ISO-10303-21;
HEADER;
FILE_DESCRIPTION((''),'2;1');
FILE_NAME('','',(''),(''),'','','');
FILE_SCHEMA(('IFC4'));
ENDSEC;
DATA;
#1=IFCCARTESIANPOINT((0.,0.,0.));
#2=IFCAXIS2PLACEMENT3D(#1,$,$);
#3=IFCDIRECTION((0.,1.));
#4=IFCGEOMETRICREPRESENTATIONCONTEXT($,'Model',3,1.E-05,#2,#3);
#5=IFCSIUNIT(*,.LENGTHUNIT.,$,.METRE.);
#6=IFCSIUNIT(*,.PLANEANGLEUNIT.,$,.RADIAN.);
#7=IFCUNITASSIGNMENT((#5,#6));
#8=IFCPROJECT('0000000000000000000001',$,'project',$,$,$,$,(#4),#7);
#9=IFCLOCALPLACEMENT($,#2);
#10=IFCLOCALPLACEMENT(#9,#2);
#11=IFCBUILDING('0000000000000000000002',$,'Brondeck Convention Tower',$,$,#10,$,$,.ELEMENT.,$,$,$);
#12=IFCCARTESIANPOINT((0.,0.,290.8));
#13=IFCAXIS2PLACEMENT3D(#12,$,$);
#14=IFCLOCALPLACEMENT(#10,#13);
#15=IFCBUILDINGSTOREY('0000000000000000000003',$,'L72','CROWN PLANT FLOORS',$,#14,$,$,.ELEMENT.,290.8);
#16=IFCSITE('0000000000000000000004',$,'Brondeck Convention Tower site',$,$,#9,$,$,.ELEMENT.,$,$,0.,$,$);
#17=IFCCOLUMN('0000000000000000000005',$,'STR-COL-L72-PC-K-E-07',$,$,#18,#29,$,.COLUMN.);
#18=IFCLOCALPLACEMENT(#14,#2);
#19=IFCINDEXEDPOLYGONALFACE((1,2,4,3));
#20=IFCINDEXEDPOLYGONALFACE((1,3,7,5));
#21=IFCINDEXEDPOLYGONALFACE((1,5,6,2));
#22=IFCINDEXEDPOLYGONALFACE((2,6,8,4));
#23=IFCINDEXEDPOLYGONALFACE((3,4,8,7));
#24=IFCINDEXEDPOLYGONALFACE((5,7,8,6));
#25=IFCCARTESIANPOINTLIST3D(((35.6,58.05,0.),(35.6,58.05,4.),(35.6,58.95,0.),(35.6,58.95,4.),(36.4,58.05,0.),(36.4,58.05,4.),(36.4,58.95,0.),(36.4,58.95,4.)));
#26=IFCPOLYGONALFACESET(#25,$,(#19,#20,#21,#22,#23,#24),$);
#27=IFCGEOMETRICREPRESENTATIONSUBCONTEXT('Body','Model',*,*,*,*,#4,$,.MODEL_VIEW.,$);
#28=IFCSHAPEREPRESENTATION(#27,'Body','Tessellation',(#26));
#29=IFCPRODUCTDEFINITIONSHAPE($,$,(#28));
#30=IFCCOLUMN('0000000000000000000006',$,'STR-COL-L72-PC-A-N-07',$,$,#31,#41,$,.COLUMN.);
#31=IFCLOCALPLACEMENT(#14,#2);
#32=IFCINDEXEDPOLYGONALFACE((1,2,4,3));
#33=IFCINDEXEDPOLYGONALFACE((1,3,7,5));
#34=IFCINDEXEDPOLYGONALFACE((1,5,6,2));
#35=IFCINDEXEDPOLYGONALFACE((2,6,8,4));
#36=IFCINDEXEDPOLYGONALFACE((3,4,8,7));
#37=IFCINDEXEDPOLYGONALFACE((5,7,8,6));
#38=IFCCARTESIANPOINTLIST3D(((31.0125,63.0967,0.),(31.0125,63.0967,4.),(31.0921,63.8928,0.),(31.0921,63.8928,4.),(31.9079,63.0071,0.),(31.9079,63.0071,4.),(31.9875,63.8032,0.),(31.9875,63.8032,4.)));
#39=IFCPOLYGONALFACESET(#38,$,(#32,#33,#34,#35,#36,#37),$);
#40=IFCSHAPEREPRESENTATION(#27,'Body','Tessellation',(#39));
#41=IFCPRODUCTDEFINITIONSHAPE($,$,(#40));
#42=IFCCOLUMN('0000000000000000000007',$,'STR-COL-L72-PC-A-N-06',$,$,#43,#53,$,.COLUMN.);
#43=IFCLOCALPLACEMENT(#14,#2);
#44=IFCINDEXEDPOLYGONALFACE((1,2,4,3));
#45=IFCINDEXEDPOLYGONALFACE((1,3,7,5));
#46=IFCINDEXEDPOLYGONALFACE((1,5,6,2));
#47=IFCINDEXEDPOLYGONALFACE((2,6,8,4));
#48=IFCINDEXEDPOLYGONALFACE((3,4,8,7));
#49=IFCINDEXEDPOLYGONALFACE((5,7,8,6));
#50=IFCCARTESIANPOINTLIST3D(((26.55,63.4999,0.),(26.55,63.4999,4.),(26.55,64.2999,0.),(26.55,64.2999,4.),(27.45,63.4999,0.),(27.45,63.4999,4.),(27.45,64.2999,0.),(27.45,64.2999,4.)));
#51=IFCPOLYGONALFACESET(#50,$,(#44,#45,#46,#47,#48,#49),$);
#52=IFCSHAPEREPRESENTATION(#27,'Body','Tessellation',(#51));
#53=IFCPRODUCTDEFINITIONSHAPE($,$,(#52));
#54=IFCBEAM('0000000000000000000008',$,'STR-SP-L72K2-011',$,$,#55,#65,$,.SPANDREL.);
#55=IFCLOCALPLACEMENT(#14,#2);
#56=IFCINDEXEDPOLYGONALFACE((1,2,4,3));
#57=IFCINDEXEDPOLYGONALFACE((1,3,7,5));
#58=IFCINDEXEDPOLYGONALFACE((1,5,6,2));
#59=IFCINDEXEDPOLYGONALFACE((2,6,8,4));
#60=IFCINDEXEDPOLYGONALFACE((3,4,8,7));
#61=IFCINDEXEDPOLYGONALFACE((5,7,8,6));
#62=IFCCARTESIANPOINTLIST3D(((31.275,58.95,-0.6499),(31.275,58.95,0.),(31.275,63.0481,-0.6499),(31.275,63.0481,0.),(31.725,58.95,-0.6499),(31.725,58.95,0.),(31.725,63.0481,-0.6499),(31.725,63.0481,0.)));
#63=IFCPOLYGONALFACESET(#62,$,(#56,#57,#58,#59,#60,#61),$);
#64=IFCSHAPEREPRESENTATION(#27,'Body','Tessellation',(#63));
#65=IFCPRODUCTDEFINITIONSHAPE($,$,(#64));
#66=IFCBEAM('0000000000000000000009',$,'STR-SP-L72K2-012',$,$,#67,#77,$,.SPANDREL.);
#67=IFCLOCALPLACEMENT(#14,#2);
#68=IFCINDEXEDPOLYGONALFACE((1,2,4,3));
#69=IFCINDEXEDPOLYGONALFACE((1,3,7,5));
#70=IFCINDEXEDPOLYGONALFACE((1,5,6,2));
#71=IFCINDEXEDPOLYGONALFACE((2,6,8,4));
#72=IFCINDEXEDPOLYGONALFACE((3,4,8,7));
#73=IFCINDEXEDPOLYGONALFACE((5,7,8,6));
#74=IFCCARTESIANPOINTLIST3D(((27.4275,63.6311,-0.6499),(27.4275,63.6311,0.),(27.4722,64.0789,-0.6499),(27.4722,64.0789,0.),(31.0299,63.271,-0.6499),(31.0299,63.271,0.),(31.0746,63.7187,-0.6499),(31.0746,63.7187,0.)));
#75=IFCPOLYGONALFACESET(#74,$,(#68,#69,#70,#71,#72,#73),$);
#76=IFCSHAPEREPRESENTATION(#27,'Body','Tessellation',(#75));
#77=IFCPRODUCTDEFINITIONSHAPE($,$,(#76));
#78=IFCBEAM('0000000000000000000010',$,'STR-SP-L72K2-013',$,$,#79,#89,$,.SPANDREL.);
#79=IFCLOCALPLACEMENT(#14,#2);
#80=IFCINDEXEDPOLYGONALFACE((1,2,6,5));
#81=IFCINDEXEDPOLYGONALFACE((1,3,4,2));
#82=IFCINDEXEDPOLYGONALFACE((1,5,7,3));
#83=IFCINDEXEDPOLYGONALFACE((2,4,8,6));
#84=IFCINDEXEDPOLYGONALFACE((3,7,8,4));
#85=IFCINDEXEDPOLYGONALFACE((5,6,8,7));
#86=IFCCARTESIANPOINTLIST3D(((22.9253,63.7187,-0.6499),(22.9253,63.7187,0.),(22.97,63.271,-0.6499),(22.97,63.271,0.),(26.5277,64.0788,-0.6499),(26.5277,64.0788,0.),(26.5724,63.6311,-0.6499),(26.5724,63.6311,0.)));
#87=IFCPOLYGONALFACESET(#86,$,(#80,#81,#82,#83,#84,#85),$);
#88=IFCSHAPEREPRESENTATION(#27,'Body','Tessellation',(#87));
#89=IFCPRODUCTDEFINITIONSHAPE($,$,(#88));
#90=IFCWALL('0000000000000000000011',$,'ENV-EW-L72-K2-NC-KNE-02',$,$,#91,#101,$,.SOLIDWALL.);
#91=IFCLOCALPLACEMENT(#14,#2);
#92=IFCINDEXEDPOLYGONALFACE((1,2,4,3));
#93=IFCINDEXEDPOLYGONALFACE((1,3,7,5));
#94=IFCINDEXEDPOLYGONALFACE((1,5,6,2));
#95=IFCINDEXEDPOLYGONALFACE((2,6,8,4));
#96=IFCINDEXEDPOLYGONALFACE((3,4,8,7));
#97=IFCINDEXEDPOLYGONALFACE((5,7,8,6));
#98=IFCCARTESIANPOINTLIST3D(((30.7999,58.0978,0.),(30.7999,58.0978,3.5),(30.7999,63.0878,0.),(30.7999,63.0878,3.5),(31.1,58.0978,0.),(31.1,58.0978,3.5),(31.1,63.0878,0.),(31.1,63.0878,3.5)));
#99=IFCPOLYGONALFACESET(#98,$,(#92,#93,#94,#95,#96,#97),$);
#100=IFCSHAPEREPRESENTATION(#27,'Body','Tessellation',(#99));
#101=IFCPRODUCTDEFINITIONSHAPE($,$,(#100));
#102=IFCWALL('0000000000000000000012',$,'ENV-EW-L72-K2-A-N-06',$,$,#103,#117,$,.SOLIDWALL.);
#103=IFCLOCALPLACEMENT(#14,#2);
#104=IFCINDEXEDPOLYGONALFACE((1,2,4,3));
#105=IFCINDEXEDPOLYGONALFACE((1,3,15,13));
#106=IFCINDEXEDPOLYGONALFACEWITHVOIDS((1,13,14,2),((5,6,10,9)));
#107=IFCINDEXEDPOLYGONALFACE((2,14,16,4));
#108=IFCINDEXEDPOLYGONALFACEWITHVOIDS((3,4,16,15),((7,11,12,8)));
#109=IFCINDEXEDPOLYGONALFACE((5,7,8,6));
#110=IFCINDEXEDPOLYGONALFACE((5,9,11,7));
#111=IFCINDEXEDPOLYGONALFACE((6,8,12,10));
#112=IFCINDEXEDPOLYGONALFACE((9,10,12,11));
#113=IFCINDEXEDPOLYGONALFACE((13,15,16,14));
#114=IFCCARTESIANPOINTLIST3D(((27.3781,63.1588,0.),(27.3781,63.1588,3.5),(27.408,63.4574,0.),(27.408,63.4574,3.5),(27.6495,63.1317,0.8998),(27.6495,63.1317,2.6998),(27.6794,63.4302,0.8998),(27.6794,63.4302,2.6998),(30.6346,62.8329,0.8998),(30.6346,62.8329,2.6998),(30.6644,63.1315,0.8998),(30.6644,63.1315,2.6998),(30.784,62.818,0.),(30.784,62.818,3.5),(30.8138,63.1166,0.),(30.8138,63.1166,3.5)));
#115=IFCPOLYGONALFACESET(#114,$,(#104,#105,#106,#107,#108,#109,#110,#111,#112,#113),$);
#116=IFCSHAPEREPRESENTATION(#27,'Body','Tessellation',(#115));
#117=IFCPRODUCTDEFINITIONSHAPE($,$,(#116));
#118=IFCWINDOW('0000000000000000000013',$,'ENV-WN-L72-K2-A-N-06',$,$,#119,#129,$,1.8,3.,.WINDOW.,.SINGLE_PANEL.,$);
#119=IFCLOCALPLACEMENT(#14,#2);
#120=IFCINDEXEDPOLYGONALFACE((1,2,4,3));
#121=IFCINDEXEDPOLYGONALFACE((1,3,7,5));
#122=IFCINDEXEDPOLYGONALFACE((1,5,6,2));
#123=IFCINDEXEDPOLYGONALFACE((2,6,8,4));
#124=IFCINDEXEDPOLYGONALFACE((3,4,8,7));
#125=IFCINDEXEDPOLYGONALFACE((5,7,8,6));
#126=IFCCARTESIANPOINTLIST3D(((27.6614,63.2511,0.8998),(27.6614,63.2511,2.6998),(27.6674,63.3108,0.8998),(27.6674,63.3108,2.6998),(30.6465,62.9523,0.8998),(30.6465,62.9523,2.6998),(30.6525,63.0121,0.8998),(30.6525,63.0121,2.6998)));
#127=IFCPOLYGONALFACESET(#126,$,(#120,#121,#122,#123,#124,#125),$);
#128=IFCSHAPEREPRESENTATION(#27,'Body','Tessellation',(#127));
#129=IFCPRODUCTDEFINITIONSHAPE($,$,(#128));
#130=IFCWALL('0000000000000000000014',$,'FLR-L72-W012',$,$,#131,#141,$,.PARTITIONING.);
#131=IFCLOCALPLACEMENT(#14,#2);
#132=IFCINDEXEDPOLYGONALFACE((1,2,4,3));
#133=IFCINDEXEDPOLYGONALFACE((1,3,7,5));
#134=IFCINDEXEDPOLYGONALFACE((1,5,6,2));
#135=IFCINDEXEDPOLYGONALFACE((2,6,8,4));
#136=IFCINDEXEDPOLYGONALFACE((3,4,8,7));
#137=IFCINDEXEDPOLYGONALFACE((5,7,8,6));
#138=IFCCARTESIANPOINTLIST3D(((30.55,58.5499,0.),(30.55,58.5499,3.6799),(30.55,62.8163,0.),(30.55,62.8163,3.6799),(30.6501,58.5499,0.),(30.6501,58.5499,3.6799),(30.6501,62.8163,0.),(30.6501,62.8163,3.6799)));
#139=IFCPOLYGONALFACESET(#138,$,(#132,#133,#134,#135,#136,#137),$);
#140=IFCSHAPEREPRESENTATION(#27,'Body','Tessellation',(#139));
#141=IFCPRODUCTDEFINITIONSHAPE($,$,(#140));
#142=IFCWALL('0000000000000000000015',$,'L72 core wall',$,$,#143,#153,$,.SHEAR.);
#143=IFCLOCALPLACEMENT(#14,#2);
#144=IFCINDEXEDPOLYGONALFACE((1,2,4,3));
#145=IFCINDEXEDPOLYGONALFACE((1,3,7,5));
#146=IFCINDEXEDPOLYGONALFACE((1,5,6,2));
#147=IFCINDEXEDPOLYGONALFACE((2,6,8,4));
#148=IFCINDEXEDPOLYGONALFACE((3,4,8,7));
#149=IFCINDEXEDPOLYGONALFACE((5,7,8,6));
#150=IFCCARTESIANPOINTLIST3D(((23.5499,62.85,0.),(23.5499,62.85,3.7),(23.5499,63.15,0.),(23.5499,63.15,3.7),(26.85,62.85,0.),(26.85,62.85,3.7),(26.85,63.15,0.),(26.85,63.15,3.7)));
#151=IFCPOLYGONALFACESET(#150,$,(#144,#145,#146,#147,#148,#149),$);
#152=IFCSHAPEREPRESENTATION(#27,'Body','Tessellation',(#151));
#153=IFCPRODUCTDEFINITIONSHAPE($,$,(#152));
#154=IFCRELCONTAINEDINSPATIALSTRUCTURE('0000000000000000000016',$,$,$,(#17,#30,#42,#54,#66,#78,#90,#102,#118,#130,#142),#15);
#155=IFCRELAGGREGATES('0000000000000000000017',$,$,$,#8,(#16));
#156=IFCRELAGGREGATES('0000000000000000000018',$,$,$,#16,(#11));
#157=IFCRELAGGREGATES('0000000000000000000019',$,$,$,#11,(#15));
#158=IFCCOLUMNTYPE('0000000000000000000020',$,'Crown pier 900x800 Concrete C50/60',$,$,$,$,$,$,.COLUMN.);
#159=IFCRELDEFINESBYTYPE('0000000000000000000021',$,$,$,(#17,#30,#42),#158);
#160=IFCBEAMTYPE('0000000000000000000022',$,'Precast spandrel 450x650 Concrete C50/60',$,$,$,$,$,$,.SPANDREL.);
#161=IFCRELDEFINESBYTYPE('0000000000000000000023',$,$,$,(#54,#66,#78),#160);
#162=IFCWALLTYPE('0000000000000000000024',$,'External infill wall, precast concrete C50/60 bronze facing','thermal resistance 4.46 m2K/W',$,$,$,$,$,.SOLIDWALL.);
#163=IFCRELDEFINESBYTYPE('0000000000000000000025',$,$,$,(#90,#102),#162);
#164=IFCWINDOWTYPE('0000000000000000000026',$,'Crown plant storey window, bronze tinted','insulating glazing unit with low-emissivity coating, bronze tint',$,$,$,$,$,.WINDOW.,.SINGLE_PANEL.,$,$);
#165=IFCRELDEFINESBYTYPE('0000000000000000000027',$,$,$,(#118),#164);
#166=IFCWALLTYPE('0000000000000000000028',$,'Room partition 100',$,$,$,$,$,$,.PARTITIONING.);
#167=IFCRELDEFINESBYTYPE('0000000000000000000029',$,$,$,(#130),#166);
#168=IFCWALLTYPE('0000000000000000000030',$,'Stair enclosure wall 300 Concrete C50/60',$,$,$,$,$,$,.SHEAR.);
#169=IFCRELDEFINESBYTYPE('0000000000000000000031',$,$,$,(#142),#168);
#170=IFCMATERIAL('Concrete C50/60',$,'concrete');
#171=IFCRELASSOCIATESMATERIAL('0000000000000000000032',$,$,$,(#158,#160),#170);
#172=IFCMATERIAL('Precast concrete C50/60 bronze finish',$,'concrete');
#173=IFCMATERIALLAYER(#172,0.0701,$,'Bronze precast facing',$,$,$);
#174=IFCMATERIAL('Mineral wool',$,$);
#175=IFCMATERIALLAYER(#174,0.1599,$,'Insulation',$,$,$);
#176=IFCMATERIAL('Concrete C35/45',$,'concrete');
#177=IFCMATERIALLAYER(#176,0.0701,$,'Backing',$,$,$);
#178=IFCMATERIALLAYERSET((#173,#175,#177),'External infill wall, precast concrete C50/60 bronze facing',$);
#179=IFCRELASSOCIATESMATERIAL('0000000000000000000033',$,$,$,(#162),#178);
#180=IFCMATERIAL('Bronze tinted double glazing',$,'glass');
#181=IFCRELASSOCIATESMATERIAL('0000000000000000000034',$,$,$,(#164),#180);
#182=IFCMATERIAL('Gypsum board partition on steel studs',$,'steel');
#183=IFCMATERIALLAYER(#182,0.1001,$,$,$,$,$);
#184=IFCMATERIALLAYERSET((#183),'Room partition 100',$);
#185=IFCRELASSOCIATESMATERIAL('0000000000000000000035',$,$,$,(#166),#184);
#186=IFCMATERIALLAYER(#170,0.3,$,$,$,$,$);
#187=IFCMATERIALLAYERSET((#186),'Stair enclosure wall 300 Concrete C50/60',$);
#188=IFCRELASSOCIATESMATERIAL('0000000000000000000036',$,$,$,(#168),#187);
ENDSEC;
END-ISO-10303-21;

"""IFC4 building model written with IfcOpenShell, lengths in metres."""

from ifc_helpers import new_model, si_unit, direction, frame, frame_2d, origin, origin_2d, place, context, subcontext, project, spatial, rectangle, extrude, material, layer, layer_set, material_profile, profile_set, type_object, element, fill, save


model = new_model("IFC4")

# Units and contexts
model_context = context("Model", 3, precision=1e-05, world=origin(), true_north=direction((0.0, 1.0)))
body_context = subcontext(model_context, "Body", "Model", "MODEL_VIEW")
ifc_project = project(units=[si_unit("LENGTHUNIT", "METRE"), si_unit("PLANEANGLEUNIT", "RADIAN")], contexts=[model_context])

# Site, building, storey
site_placement = place(None, origin())
site = spatial("IfcSite", under=ifc_project, at=site_placement, Name="Brondeck Convention Tower site", CompositionType="ELEMENT", RefElevation=0.0)
building_placement = place(site_placement, origin())
building = spatial("IfcBuilding", under=site, at=building_placement, Name="Brondeck Convention Tower", CompositionType="ELEMENT")
storey_placement = place(building_placement, frame((0.0, 0.0, 290.8)))
storey = spatial("IfcBuildingStorey", under=building, at=storey_placement, Name="L72", Description="CROWN PLANT FLOORS", CompositionType="ELEMENT", Elevation=290.8)

# Columns
ifc_material_1 = material(Name="Concrete C50/60", Category="concrete")
ifc_material_profile_1 = material_profile(ifc_material_1, rectangle(XDim=0.8999, YDim=0.8, at=origin_2d()), Name="Crown pier 900x800 Concrete C50/60")
ifc_profile_set_1 = profile_set([ifc_material_profile_1], Name="Concrete C50/60")
column_type = type_object("IfcColumnType", Name="Crown pier 900x800 Concrete C50/60", PredefinedType="COLUMN", material=ifc_profile_set_1)
for number, where, z_axis, x_axis, name in (
    (1, (36.0, 58.5, 0.0), (0.0, 0.0, 1.0), (0.0, 1.0, 0.0), "STR-COL-L72-PC-K-E-07"),
    (2, (31.5, 63.45, 0.0), (0.0, 0.0, 1.0), (-0.995037, 0.099504, 0.0), "STR-COL-L72-PC-A-N-07"),
    (3, (27.0, 63.8999, 0.0), (0.0, 0.0, 1.0), (-1.0, 0.0, 0.0), "STR-COL-L72-PC-A-N-06"),
):
    element("IfcColumn", number, at=place(storey_placement, frame(where, z_axis=z_axis, x_axis=x_axis)), inside=storey, type_object=column_type, Name=name, PredefinedType="COLUMN", context=body_context, shape_type="SweptSolid", body=[
        extrude(rectangle(XDim=0.8999, YDim=0.8, at=origin_2d()), origin(), (0.0, 0.0, 1.0), 4.0),
    ])

# Beams
ifc_material_profile_2 = material_profile(ifc_material_1, rectangle(XDim=0.45, YDim=0.6499, at=origin_2d()), Name="Precast spandrel 450x650 Concrete C50/60")
ifc_profile_set_2 = profile_set([ifc_material_profile_2], Name="Concrete C50/60")
beam_type = type_object("IfcBeamType", Name="Precast spandrel 450x650 Concrete C50/60", PredefinedType="SPANDREL", material=ifc_profile_set_2)
beam_placement = place(storey_placement, frame((31.5, 58.95, -0.325), z_axis=(0.0, 1.0, 0.0), x_axis=(-1.0, 0.0, 0.0)))
element("IfcBeam", 4, at=beam_placement, inside=storey, type_object=beam_type, Name="STR-SP-L72K2-011", PredefinedType="SPANDREL", context=body_context, shape_type="SweptSolid", body=[
    extrude(rectangle(XDim=0.45, YDim=0.6499, at=origin_2d()), origin(), (0.0, 0.0, 1.0), 4.0981),
])
for number, where, z_axis, x_axis, name in (
    (5, (31.0522, 63.4949, -0.325), (-0.995041, 0.09947, 0.0), (-0.09947, -0.995041, 0.0), "STR-SP-L72K2-012"),
    (6, (26.55, 63.855, -0.325), (-0.995041, -0.09947, 0.0), (0.09947, -0.995041, 0.0), "STR-SP-L72K2-013"),
):
    element("IfcBeam", number, at=place(storey_placement, frame(where, z_axis=z_axis, x_axis=x_axis)), inside=storey, type_object=beam_type, Name=name, PredefinedType="SPANDREL", context=body_context, shape_type="SweptSolid", body=[
        extrude(rectangle(XDim=0.45, YDim=0.6499, at=origin_2d()), origin(), (0.0, 0.0, 1.0), 3.6204),
    ])

# Wall
ifc_material_2 = material(Name="Precast concrete C50/60 bronze finish", Category="concrete")
ifc_layer_1 = layer(ifc_material_2, 0.0701, Name="Bronze precast facing")
ifc_material_3 = material(Name="Mineral wool")
ifc_layer_2 = layer(ifc_material_3, 0.1599, Name="Insulation")
ifc_material_4 = material(Name="Concrete C35/45", Category="concrete")
ifc_layer_3 = layer(ifc_material_4, 0.0701, Name="Backing")
ifc_layer_set_1 = layer_set([ifc_layer_1, ifc_layer_2, ifc_layer_3], Name="External infill wall, precast concrete C50/60 bronze facing")
wall_type_1 = type_object("IfcWallType", Name="External infill wall, precast concrete C50/60 bronze facing", Description="thermal resistance 4.46 m2K/W", PredefinedType="SOLIDWALL", material=ifc_layer_set_1)
wall_1_placement = place(storey_placement, frame((30.95, 63.0879, 0.0), z_axis=(0.0, 0.0, 1.0), x_axis=(0.0, -1.0, 0.0)))
element("IfcWall", 7, at=wall_1_placement, inside=storey, type_object=wall_type_1, Name="ENV-EW-L72-K2-NC-KNE-02", PredefinedType="SOLIDWALL", context=body_context, shape_type="SweptSolid", body=[
    extrude(rectangle(XDim=4.99, YDim=0.3, at=frame_2d((2.4951, 0.0))), origin(), (0.0, 0.0, 1.0), 3.5),
])

# Wall, opening, window
wall_2_placement = place(storey_placement, frame((27.3931, 63.3081, 0.0), z_axis=(0.0, 0.0, 1.0), x_axis=(0.99503, -0.099574, 0.0)))
wall_2 = element("IfcWall", 8, at=wall_2_placement, inside=storey, type_object=wall_type_1, Name="ENV-EW-L72-K2-A-N-06", PredefinedType="SOLIDWALL", context=body_context, shape_type="SweptSolid", body=[
    extrude(rectangle(XDim=3.4229, YDim=0.3, at=frame_2d((1.7114, 0.0))), origin(), (0.0, 0.0, 1.0), 3.5),
])
opening_placement = place(wall_2_placement, frame((0.2727, 0.0, 0.8999)))
opening = element("IfcOpeningElement", 9, at=opening_placement, cuts=wall_2, PredefinedType="OPENING", context=body_context, shape_type="SweptSolid", body=[
    extrude(rectangle(XDim=3.0, YDim=1.8, at=frame_2d((1.5, 0.8999))), frame((0.0, 0.1599, 0.0), z_axis=(0.0, -1.0, 0.0), x_axis=(1.0, 0.0, 0.0)), (0.0, 0.0, 1.0), 0.3201),
])
ifc_material_5 = material(Name="Bronze tinted double glazing", Category="glass")
window_type = type_object("IfcWindowType", Name="Crown plant storey window, bronze tinted", Description="insulating glazing unit with low-emissivity coating, bronze tint", PartitioningType="SINGLE_PANEL", PredefinedType="WINDOW", material=ifc_material_5)
window_placement = place(opening_placement, origin())
window = element("IfcWindow", 10, at=window_placement, inside=storey, type_object=window_type, Name="ENV-WN-L72-K2-A-N-06", OverallHeight=1.8, OverallWidth=3.0, PartitioningType="SINGLE_PANEL", PredefinedType="WINDOW", context=body_context, shape_type="SweptSolid", body=[
    extrude(rectangle(XDim=3.0, YDim=1.8, at=frame_2d((1.5, 0.8999))), frame((0.0, 0.03, 0.0), z_axis=(0.0, -1.0, 0.0), x_axis=(1.0, 0.0, 0.0)), (0.0, 0.0, 1.0), 0.0601),
])
fill(opening, window)

# Walls
ifc_material_6 = material(Name="Gypsum board partition on steel studs", Category="steel")
ifc_layer_4 = layer(ifc_material_6, 0.1001)
ifc_layer_set_2 = layer_set([ifc_layer_4], Name="Room partition 100")
wall_type_2 = type_object("IfcWallType", Name="Room partition 100", PredefinedType="PARTITIONING", material=ifc_layer_set_2)
wall_3_placement = place(storey_placement, frame((30.6001, 62.8164, 0.0), z_axis=(0.0, 0.0, 1.0), x_axis=(0.0, -1.0, 0.0)))
element("IfcWall", 11, at=wall_3_placement, inside=storey, type_object=wall_type_2, Name="FLR-L72-W012", PredefinedType="PARTITIONING", context=body_context, shape_type="SweptSolid", body=[
    extrude(rectangle(XDim=4.2664, YDim=0.1001, at=frame_2d((2.1333, 0.0))), origin(), (0.0, 0.0, 1.0), 3.6799),
])
ifc_layer_5 = layer(ifc_material_1, 0.3)
ifc_layer_set_3 = layer_set([ifc_layer_5], Name="Stair enclosure wall 300 Concrete C50/60")
wall_type_3 = type_object("IfcWallType", Name="Stair enclosure wall 300 Concrete C50/60", PredefinedType="SHEAR", material=ifc_layer_set_3)
wall_4_placement = place(storey_placement, frame((23.55, 63.0, 0.0), z_axis=(0.0, 0.0, 1.0), x_axis=(1.0, 0.0, 0.0)))
element("IfcWall", 12, at=wall_4_placement, inside=storey, type_object=wall_type_3, Name="L72 core wall", PredefinedType="SHEAR", context=body_context, shape_type="SweptSolid", body=[
    extrude(rectangle(XDim=3.3, YDim=0.3, at=frame_2d((1.6499, 0.0))), origin(), (0.0, 0.0, 1.0), 3.7),
])

save(model, "model.ifc")
